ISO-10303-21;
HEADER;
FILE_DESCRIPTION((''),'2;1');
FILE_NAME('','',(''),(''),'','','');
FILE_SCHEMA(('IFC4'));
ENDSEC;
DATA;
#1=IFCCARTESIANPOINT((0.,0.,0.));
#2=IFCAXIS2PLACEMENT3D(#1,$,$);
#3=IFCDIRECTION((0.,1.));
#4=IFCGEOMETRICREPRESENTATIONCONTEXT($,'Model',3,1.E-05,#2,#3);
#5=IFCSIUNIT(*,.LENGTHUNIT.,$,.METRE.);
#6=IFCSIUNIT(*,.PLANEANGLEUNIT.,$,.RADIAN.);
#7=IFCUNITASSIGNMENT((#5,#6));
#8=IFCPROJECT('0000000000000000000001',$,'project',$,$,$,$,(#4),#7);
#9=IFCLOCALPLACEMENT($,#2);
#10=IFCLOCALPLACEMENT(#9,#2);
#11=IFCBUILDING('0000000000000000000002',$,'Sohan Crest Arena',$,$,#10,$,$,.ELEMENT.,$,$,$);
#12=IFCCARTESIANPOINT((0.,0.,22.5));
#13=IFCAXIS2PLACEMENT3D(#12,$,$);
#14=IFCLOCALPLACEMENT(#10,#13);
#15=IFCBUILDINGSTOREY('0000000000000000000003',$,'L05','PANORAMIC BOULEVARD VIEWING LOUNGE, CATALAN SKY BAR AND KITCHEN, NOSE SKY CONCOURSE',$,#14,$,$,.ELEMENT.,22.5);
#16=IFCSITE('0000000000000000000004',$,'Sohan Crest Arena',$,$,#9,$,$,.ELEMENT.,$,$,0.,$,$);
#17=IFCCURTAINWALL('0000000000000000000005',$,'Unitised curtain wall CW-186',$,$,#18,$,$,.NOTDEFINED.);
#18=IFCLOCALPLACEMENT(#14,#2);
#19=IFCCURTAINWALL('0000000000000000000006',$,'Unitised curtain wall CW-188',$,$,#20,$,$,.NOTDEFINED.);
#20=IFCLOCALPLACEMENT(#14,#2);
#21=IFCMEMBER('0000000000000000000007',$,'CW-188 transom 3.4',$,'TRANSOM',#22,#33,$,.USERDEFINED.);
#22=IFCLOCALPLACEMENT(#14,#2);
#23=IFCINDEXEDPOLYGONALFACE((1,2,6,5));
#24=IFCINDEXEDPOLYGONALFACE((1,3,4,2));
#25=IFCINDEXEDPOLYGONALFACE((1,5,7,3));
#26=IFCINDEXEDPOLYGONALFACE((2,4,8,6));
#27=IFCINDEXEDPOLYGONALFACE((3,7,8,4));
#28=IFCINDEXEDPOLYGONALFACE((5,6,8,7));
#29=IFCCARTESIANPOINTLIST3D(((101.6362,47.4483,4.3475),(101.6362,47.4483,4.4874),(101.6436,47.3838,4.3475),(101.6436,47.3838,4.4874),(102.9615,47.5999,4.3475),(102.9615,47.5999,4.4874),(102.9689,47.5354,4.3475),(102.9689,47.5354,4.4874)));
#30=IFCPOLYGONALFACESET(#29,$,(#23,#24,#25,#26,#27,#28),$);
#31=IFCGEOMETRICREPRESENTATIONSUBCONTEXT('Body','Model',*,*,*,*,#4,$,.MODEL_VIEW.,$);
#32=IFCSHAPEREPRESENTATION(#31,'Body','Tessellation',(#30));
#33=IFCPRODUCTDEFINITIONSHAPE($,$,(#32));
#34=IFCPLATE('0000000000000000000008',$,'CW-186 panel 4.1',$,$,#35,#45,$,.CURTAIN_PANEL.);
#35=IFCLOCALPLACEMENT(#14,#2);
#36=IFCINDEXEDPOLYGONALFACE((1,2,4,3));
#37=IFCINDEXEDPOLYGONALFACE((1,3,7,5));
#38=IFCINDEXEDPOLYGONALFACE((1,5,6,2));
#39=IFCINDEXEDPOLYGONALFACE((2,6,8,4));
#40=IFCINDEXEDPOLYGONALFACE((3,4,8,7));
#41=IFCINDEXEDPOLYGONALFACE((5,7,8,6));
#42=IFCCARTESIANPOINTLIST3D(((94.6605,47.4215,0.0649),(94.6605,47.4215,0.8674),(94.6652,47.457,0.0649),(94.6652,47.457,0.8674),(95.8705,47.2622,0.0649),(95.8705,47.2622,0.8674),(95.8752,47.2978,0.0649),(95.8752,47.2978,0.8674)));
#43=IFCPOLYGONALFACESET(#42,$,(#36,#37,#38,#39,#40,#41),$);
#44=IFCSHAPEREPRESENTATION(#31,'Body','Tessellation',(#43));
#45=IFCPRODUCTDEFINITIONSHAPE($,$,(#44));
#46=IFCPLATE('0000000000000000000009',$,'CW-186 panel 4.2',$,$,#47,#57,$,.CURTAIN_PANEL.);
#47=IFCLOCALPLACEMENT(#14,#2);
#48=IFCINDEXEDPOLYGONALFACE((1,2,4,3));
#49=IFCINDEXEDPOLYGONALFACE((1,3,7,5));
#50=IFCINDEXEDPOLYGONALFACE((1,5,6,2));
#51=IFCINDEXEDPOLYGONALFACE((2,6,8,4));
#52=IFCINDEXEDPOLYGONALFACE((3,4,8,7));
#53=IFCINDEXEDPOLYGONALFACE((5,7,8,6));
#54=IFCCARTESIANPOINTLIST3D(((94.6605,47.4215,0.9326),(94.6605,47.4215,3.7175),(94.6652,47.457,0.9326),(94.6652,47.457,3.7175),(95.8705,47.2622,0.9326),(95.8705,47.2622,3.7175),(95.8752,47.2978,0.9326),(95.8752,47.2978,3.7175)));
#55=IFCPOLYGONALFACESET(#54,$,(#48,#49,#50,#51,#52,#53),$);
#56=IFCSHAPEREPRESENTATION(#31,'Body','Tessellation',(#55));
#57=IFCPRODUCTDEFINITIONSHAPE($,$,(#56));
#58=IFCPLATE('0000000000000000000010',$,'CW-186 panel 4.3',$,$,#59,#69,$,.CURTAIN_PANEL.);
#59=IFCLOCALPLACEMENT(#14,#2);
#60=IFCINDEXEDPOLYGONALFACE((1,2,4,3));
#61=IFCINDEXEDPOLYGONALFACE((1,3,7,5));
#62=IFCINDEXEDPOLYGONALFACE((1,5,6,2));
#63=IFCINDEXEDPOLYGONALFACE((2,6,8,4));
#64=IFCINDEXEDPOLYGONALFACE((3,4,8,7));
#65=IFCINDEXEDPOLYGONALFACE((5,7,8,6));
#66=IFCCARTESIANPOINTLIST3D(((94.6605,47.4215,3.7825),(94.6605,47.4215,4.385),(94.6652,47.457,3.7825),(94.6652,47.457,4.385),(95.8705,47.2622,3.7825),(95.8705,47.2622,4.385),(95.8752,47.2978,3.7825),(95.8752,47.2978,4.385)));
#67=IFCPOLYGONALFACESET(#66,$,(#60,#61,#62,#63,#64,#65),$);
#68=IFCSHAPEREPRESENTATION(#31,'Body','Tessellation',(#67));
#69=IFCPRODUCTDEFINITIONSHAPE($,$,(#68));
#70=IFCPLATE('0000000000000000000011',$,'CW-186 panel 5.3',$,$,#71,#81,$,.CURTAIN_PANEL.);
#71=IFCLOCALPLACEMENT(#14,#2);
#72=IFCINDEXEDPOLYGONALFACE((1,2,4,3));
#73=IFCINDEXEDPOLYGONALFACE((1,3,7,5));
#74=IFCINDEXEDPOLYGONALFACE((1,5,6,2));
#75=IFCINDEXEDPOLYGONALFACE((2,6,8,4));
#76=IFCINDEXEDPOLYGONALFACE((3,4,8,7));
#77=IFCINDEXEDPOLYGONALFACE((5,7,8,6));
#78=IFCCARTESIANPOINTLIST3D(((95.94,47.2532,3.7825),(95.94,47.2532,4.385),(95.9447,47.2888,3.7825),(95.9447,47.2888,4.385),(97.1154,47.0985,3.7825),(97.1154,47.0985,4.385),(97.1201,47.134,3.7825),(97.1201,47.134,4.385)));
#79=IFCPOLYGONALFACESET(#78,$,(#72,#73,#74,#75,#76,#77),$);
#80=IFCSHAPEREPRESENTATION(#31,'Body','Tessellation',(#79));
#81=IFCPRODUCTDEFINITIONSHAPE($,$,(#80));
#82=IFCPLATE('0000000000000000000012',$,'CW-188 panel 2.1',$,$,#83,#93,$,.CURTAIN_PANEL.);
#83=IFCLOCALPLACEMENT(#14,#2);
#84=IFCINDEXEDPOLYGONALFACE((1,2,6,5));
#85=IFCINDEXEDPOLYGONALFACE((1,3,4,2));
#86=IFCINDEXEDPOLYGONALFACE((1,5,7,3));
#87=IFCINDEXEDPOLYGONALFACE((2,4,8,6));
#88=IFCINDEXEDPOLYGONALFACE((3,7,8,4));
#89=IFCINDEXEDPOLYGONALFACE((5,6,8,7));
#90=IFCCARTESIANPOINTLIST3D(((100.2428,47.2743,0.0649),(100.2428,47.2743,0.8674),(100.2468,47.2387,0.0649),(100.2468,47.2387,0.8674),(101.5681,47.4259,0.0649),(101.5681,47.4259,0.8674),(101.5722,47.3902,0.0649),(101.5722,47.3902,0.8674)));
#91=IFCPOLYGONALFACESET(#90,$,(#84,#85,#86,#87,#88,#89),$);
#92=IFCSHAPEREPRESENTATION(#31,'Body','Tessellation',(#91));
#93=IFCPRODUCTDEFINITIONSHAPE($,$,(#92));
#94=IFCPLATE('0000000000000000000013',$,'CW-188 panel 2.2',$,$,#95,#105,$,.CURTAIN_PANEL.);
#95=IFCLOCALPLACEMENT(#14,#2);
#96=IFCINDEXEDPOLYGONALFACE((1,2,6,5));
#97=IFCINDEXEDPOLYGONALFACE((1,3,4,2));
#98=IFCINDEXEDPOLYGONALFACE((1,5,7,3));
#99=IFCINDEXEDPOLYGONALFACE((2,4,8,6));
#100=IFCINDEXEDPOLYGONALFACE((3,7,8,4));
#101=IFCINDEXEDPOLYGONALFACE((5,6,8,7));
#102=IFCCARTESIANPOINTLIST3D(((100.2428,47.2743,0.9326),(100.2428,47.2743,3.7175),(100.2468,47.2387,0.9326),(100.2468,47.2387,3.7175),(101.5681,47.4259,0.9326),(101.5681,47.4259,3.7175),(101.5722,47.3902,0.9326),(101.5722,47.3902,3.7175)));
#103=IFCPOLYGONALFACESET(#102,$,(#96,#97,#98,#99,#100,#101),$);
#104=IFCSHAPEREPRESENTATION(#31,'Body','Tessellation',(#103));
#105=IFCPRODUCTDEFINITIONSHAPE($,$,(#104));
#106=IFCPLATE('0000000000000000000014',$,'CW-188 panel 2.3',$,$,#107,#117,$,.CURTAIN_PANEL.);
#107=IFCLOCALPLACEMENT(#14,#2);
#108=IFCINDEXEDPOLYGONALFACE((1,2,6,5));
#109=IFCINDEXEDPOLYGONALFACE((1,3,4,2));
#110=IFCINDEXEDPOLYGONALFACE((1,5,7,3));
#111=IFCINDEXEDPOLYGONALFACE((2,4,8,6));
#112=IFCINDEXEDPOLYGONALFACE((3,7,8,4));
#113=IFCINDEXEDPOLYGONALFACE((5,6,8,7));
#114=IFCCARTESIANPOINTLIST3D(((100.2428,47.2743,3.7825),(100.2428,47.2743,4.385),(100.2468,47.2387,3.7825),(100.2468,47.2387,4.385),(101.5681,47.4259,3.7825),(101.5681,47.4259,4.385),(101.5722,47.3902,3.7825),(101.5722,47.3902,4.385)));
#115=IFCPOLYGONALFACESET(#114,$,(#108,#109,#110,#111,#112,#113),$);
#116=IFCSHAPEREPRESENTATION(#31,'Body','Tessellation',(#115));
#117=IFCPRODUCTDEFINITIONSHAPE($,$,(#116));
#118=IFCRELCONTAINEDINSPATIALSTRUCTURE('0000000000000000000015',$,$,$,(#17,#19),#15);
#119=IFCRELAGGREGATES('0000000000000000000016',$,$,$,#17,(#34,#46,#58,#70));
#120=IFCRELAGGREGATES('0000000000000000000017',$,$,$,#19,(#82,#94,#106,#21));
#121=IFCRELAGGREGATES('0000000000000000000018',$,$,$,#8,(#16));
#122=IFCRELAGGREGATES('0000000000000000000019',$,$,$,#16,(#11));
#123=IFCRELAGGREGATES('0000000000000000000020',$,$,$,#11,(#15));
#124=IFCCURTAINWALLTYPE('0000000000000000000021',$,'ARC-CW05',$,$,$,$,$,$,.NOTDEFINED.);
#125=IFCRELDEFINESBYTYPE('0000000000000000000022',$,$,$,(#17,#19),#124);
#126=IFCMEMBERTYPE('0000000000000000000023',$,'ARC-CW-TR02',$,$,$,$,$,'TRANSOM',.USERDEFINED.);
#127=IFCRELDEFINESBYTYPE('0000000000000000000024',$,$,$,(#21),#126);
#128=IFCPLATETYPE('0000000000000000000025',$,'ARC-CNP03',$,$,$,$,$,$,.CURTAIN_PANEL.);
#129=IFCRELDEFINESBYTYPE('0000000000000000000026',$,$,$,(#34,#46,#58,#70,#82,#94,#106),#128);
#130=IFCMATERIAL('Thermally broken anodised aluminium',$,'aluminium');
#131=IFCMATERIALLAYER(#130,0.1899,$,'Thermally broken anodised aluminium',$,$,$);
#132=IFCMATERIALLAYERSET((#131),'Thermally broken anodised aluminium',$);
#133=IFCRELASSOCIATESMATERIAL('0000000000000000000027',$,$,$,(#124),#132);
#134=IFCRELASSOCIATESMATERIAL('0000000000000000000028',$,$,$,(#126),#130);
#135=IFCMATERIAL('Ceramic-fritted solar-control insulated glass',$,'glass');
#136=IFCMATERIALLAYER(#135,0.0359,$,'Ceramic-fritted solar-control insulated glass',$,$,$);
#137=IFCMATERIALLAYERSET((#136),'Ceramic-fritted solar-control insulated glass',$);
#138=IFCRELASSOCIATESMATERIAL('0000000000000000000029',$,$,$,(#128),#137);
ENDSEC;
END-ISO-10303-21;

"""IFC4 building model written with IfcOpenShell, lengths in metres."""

from ifc_helpers import new_model, si_unit, direction, frame, origin, origin_2d, place, context, subcontext, project, spatial, rectangle, extrude, material, layer, layer_set, material_profile, profile_set, type_object, element, aggregate, save


model = new_model("IFC4")

# Units and contexts
model_context = context("Model", 3, precision=1e-05, world=origin(), true_north=direction((0.0, 1.0)))
body_context = subcontext(model_context, "Body", "Model", "MODEL_VIEW")
ifc_project = project(units=[si_unit("LENGTHUNIT", "METRE"), si_unit("PLANEANGLEUNIT", "RADIAN")], contexts=[model_context])

# Site, building, storey
site_placement = place(None, origin())
site = spatial("IfcSite", under=ifc_project, at=site_placement, Name="Sohan Crest Arena", CompositionType="ELEMENT", RefElevation=0.0)
building_placement = place(site_placement, origin())
building = spatial("IfcBuilding", under=site, at=building_placement, Name="Sohan Crest Arena", CompositionType="ELEMENT")
storey_placement = place(building_placement, frame((0.0, 0.0, 22.5)))
storey = spatial("IfcBuildingStorey", under=building, at=storey_placement, Name="L05", Description="PANORAMIC BOULEVARD VIEWING LOUNGE, CATALAN SKY BAR AND KITCHEN, NOSE SKY CONCOURSE", CompositionType="ELEMENT", Elevation=22.5)

# Curtain wall
ifc_material_1 = material(Name="Thermally broken anodised aluminium", Category="aluminium")
ifc_layer_1 = layer(ifc_material_1, 0.1899, Name="Thermally broken anodised aluminium")
ifc_layer_set_1 = layer_set([ifc_layer_1], Name="Thermally broken anodised aluminium")
curtain_wall_type = type_object("IfcCurtainWallType", Name="ARC-CW05", PredefinedType="NOTDEFINED", material=ifc_layer_set_1)
curtain_wall_1_placement = place(storey_placement, origin())
curtain_wall_1 = element("IfcCurtainWall", 1, at=curtain_wall_1_placement, inside=storey, type_object=curtain_wall_type, Name="Unitised curtain wall CW-186", PredefinedType="NOTDEFINED")

# Curtain wall
curtain_wall_2_placement = place(storey_placement, origin())
curtain_wall_2 = element("IfcCurtainWall", 2, at=curtain_wall_2_placement, inside=storey, type_object=curtain_wall_type, Name="Unitised curtain wall CW-188", PredefinedType="NOTDEFINED")

# Member
ifc_material_profile_1 = material_profile(ifc_material_1, rectangle(XDim=0.0649, YDim=0.1399, at=origin_2d()), Name="ALU-TRAN 65x140")
ifc_profile_set_1 = profile_set([ifc_material_profile_1], Name="Thermally broken anodised aluminium")
member_type_1 = type_object("IfcMemberType", Name="ARC-CW-TR02", ElementType="TRANSOM", PredefinedType="USERDEFINED", material=ifc_profile_set_1)
member_1_placement = place(storey_placement, frame((101.6399, 47.416, 4.4175), z_axis=(0.993521, 0.113645, 0.0), x_axis=(-0.113645, 0.993521, 0.0)))
member_1 = element("IfcMember", 3, at=member_1_placement, type_object=member_type_1, Name="CW-188 transom 3.4", ObjectType="TRANSOM", PredefinedType="USERDEFINED", context=body_context, shape_type="SweptSolid", body=[
    extrude(rectangle(XDim=0.0649, YDim=0.1399, at=origin_2d()), origin(), (0.0, 0.0, 1.0), 1.334),
])

# Plates
ifc_material_2 = material(Name="Ceramic-fritted solar-control insulated glass", Category="glass")
ifc_layer_2 = layer(ifc_material_2, 0.0359, Name="Ceramic-fritted solar-control insulated glass")
ifc_layer_set_2 = layer_set([ifc_layer_2], Name="Ceramic-fritted solar-control insulated glass")
plate_type = type_object("IfcPlateType", Name="ARC-CNP03", PredefinedType="CURTAIN_PANEL", material=ifc_layer_set_2)
plate_1_placement = place(storey_placement, frame((95.2678, 47.3596, 0.0649), z_axis=(0.0, 0.0, 1.0), x_axis=(0.991448, -0.130499, 0.0)))
plate_1 = element("IfcPlate", 4, at=plate_1_placement, type_object=plate_type, Name="CW-186 panel 4.1", PredefinedType="CURTAIN_PANEL", context=body_context, shape_type="SweptSolid", body=[
    extrude(rectangle(XDim=1.2205, YDim=0.0359, at=origin_2d()), origin(), (0.0, 0.0, 1.0), 0.8025),
])
plate_2_placement = place(storey_placement, frame((95.2678, 47.3596, 0.9326), z_axis=(0.0, 0.0, 1.0), x_axis=(0.991448, -0.130499, 0.0)))
plate_2 = element("IfcPlate", 5, at=plate_2_placement, type_object=plate_type, Name="CW-186 panel 4.2", PredefinedType="CURTAIN_PANEL", context=body_context, shape_type="SweptSolid", body=[
    extrude(rectangle(XDim=1.2205, YDim=0.0359, at=origin_2d()), origin(), (0.0, 0.0, 1.0), 2.7849),
])
plate_3_placement = place(storey_placement, frame((95.2678, 47.3596, 3.7825), z_axis=(0.0, 0.0, 1.0), x_axis=(0.991448, -0.130499, 0.0)))
plate_3 = element("IfcPlate", 6, at=plate_3_placement, type_object=plate_type, Name="CW-186 panel 4.3", PredefinedType="CURTAIN_PANEL", context=body_context, shape_type="SweptSolid", body=[
    extrude(rectangle(XDim=1.2205, YDim=0.0359, at=origin_2d()), origin(), (0.0, 0.0, 1.0), 0.6025),
])
plate_4_placement = place(storey_placement, frame((96.53, 47.1936, 3.7825), z_axis=(0.0, 0.0, 1.0), x_axis=(0.991448, -0.130499, 0.0)))
plate_4 = element("IfcPlate", 7, at=plate_4_placement, type_object=plate_type, Name="CW-186 panel 5.3", PredefinedType="CURTAIN_PANEL", context=body_context, shape_type="SweptSolid", body=[
    extrude(rectangle(XDim=1.1855, YDim=0.0359, at=origin_2d()), origin(), (0.0, 0.0, 1.0), 0.6025),
])
aggregate(curtain_wall_1, [plate_1, plate_2, plate_3, plate_4])
plate_5_placement = place(storey_placement, frame((100.9075, 47.3323, 0.0649), z_axis=(0.0, 0.0, 1.0), x_axis=(0.993527, 0.113597, 0.0)))
plate_5 = element("IfcPlate", 8, at=plate_5_placement, type_object=plate_type, Name="CW-188 panel 2.1", PredefinedType="CURTAIN_PANEL", context=body_context, shape_type="SweptSolid", body=[
    extrude(rectangle(XDim=1.334, YDim=0.0359, at=origin_2d()), origin(), (0.0, 0.0, 1.0), 0.8025),
])
plate_6_placement = place(storey_placement, frame((100.9075, 47.3323, 0.9326), z_axis=(0.0, 0.0, 1.0), x_axis=(0.993527, 0.113597, 0.0)))
plate_6 = element("IfcPlate", 9, at=plate_6_placement, type_object=plate_type, Name="CW-188 panel 2.2", PredefinedType="CURTAIN_PANEL", context=body_context, shape_type="SweptSolid", body=[
    extrude(rectangle(XDim=1.334, YDim=0.0359, at=origin_2d()), origin(), (0.0, 0.0, 1.0), 2.7849),
])
plate_7_placement = place(storey_placement, frame((100.9075, 47.3323, 3.7825), z_axis=(0.0, 0.0, 1.0), x_axis=(0.993527, 0.113597, 0.0)))
plate_7 = element("IfcPlate", 10, at=plate_7_placement, type_object=plate_type, Name="CW-188 panel 2.3", PredefinedType="CURTAIN_PANEL", context=body_context, shape_type="SweptSolid", body=[
    extrude(rectangle(XDim=1.334, YDim=0.0359, at=origin_2d()), origin(), (0.0, 0.0, 1.0), 0.6025),
])
aggregate(curtain_wall_2, [plate_5, plate_6, plate_7, member_1])

save(model, "model.ifc")
